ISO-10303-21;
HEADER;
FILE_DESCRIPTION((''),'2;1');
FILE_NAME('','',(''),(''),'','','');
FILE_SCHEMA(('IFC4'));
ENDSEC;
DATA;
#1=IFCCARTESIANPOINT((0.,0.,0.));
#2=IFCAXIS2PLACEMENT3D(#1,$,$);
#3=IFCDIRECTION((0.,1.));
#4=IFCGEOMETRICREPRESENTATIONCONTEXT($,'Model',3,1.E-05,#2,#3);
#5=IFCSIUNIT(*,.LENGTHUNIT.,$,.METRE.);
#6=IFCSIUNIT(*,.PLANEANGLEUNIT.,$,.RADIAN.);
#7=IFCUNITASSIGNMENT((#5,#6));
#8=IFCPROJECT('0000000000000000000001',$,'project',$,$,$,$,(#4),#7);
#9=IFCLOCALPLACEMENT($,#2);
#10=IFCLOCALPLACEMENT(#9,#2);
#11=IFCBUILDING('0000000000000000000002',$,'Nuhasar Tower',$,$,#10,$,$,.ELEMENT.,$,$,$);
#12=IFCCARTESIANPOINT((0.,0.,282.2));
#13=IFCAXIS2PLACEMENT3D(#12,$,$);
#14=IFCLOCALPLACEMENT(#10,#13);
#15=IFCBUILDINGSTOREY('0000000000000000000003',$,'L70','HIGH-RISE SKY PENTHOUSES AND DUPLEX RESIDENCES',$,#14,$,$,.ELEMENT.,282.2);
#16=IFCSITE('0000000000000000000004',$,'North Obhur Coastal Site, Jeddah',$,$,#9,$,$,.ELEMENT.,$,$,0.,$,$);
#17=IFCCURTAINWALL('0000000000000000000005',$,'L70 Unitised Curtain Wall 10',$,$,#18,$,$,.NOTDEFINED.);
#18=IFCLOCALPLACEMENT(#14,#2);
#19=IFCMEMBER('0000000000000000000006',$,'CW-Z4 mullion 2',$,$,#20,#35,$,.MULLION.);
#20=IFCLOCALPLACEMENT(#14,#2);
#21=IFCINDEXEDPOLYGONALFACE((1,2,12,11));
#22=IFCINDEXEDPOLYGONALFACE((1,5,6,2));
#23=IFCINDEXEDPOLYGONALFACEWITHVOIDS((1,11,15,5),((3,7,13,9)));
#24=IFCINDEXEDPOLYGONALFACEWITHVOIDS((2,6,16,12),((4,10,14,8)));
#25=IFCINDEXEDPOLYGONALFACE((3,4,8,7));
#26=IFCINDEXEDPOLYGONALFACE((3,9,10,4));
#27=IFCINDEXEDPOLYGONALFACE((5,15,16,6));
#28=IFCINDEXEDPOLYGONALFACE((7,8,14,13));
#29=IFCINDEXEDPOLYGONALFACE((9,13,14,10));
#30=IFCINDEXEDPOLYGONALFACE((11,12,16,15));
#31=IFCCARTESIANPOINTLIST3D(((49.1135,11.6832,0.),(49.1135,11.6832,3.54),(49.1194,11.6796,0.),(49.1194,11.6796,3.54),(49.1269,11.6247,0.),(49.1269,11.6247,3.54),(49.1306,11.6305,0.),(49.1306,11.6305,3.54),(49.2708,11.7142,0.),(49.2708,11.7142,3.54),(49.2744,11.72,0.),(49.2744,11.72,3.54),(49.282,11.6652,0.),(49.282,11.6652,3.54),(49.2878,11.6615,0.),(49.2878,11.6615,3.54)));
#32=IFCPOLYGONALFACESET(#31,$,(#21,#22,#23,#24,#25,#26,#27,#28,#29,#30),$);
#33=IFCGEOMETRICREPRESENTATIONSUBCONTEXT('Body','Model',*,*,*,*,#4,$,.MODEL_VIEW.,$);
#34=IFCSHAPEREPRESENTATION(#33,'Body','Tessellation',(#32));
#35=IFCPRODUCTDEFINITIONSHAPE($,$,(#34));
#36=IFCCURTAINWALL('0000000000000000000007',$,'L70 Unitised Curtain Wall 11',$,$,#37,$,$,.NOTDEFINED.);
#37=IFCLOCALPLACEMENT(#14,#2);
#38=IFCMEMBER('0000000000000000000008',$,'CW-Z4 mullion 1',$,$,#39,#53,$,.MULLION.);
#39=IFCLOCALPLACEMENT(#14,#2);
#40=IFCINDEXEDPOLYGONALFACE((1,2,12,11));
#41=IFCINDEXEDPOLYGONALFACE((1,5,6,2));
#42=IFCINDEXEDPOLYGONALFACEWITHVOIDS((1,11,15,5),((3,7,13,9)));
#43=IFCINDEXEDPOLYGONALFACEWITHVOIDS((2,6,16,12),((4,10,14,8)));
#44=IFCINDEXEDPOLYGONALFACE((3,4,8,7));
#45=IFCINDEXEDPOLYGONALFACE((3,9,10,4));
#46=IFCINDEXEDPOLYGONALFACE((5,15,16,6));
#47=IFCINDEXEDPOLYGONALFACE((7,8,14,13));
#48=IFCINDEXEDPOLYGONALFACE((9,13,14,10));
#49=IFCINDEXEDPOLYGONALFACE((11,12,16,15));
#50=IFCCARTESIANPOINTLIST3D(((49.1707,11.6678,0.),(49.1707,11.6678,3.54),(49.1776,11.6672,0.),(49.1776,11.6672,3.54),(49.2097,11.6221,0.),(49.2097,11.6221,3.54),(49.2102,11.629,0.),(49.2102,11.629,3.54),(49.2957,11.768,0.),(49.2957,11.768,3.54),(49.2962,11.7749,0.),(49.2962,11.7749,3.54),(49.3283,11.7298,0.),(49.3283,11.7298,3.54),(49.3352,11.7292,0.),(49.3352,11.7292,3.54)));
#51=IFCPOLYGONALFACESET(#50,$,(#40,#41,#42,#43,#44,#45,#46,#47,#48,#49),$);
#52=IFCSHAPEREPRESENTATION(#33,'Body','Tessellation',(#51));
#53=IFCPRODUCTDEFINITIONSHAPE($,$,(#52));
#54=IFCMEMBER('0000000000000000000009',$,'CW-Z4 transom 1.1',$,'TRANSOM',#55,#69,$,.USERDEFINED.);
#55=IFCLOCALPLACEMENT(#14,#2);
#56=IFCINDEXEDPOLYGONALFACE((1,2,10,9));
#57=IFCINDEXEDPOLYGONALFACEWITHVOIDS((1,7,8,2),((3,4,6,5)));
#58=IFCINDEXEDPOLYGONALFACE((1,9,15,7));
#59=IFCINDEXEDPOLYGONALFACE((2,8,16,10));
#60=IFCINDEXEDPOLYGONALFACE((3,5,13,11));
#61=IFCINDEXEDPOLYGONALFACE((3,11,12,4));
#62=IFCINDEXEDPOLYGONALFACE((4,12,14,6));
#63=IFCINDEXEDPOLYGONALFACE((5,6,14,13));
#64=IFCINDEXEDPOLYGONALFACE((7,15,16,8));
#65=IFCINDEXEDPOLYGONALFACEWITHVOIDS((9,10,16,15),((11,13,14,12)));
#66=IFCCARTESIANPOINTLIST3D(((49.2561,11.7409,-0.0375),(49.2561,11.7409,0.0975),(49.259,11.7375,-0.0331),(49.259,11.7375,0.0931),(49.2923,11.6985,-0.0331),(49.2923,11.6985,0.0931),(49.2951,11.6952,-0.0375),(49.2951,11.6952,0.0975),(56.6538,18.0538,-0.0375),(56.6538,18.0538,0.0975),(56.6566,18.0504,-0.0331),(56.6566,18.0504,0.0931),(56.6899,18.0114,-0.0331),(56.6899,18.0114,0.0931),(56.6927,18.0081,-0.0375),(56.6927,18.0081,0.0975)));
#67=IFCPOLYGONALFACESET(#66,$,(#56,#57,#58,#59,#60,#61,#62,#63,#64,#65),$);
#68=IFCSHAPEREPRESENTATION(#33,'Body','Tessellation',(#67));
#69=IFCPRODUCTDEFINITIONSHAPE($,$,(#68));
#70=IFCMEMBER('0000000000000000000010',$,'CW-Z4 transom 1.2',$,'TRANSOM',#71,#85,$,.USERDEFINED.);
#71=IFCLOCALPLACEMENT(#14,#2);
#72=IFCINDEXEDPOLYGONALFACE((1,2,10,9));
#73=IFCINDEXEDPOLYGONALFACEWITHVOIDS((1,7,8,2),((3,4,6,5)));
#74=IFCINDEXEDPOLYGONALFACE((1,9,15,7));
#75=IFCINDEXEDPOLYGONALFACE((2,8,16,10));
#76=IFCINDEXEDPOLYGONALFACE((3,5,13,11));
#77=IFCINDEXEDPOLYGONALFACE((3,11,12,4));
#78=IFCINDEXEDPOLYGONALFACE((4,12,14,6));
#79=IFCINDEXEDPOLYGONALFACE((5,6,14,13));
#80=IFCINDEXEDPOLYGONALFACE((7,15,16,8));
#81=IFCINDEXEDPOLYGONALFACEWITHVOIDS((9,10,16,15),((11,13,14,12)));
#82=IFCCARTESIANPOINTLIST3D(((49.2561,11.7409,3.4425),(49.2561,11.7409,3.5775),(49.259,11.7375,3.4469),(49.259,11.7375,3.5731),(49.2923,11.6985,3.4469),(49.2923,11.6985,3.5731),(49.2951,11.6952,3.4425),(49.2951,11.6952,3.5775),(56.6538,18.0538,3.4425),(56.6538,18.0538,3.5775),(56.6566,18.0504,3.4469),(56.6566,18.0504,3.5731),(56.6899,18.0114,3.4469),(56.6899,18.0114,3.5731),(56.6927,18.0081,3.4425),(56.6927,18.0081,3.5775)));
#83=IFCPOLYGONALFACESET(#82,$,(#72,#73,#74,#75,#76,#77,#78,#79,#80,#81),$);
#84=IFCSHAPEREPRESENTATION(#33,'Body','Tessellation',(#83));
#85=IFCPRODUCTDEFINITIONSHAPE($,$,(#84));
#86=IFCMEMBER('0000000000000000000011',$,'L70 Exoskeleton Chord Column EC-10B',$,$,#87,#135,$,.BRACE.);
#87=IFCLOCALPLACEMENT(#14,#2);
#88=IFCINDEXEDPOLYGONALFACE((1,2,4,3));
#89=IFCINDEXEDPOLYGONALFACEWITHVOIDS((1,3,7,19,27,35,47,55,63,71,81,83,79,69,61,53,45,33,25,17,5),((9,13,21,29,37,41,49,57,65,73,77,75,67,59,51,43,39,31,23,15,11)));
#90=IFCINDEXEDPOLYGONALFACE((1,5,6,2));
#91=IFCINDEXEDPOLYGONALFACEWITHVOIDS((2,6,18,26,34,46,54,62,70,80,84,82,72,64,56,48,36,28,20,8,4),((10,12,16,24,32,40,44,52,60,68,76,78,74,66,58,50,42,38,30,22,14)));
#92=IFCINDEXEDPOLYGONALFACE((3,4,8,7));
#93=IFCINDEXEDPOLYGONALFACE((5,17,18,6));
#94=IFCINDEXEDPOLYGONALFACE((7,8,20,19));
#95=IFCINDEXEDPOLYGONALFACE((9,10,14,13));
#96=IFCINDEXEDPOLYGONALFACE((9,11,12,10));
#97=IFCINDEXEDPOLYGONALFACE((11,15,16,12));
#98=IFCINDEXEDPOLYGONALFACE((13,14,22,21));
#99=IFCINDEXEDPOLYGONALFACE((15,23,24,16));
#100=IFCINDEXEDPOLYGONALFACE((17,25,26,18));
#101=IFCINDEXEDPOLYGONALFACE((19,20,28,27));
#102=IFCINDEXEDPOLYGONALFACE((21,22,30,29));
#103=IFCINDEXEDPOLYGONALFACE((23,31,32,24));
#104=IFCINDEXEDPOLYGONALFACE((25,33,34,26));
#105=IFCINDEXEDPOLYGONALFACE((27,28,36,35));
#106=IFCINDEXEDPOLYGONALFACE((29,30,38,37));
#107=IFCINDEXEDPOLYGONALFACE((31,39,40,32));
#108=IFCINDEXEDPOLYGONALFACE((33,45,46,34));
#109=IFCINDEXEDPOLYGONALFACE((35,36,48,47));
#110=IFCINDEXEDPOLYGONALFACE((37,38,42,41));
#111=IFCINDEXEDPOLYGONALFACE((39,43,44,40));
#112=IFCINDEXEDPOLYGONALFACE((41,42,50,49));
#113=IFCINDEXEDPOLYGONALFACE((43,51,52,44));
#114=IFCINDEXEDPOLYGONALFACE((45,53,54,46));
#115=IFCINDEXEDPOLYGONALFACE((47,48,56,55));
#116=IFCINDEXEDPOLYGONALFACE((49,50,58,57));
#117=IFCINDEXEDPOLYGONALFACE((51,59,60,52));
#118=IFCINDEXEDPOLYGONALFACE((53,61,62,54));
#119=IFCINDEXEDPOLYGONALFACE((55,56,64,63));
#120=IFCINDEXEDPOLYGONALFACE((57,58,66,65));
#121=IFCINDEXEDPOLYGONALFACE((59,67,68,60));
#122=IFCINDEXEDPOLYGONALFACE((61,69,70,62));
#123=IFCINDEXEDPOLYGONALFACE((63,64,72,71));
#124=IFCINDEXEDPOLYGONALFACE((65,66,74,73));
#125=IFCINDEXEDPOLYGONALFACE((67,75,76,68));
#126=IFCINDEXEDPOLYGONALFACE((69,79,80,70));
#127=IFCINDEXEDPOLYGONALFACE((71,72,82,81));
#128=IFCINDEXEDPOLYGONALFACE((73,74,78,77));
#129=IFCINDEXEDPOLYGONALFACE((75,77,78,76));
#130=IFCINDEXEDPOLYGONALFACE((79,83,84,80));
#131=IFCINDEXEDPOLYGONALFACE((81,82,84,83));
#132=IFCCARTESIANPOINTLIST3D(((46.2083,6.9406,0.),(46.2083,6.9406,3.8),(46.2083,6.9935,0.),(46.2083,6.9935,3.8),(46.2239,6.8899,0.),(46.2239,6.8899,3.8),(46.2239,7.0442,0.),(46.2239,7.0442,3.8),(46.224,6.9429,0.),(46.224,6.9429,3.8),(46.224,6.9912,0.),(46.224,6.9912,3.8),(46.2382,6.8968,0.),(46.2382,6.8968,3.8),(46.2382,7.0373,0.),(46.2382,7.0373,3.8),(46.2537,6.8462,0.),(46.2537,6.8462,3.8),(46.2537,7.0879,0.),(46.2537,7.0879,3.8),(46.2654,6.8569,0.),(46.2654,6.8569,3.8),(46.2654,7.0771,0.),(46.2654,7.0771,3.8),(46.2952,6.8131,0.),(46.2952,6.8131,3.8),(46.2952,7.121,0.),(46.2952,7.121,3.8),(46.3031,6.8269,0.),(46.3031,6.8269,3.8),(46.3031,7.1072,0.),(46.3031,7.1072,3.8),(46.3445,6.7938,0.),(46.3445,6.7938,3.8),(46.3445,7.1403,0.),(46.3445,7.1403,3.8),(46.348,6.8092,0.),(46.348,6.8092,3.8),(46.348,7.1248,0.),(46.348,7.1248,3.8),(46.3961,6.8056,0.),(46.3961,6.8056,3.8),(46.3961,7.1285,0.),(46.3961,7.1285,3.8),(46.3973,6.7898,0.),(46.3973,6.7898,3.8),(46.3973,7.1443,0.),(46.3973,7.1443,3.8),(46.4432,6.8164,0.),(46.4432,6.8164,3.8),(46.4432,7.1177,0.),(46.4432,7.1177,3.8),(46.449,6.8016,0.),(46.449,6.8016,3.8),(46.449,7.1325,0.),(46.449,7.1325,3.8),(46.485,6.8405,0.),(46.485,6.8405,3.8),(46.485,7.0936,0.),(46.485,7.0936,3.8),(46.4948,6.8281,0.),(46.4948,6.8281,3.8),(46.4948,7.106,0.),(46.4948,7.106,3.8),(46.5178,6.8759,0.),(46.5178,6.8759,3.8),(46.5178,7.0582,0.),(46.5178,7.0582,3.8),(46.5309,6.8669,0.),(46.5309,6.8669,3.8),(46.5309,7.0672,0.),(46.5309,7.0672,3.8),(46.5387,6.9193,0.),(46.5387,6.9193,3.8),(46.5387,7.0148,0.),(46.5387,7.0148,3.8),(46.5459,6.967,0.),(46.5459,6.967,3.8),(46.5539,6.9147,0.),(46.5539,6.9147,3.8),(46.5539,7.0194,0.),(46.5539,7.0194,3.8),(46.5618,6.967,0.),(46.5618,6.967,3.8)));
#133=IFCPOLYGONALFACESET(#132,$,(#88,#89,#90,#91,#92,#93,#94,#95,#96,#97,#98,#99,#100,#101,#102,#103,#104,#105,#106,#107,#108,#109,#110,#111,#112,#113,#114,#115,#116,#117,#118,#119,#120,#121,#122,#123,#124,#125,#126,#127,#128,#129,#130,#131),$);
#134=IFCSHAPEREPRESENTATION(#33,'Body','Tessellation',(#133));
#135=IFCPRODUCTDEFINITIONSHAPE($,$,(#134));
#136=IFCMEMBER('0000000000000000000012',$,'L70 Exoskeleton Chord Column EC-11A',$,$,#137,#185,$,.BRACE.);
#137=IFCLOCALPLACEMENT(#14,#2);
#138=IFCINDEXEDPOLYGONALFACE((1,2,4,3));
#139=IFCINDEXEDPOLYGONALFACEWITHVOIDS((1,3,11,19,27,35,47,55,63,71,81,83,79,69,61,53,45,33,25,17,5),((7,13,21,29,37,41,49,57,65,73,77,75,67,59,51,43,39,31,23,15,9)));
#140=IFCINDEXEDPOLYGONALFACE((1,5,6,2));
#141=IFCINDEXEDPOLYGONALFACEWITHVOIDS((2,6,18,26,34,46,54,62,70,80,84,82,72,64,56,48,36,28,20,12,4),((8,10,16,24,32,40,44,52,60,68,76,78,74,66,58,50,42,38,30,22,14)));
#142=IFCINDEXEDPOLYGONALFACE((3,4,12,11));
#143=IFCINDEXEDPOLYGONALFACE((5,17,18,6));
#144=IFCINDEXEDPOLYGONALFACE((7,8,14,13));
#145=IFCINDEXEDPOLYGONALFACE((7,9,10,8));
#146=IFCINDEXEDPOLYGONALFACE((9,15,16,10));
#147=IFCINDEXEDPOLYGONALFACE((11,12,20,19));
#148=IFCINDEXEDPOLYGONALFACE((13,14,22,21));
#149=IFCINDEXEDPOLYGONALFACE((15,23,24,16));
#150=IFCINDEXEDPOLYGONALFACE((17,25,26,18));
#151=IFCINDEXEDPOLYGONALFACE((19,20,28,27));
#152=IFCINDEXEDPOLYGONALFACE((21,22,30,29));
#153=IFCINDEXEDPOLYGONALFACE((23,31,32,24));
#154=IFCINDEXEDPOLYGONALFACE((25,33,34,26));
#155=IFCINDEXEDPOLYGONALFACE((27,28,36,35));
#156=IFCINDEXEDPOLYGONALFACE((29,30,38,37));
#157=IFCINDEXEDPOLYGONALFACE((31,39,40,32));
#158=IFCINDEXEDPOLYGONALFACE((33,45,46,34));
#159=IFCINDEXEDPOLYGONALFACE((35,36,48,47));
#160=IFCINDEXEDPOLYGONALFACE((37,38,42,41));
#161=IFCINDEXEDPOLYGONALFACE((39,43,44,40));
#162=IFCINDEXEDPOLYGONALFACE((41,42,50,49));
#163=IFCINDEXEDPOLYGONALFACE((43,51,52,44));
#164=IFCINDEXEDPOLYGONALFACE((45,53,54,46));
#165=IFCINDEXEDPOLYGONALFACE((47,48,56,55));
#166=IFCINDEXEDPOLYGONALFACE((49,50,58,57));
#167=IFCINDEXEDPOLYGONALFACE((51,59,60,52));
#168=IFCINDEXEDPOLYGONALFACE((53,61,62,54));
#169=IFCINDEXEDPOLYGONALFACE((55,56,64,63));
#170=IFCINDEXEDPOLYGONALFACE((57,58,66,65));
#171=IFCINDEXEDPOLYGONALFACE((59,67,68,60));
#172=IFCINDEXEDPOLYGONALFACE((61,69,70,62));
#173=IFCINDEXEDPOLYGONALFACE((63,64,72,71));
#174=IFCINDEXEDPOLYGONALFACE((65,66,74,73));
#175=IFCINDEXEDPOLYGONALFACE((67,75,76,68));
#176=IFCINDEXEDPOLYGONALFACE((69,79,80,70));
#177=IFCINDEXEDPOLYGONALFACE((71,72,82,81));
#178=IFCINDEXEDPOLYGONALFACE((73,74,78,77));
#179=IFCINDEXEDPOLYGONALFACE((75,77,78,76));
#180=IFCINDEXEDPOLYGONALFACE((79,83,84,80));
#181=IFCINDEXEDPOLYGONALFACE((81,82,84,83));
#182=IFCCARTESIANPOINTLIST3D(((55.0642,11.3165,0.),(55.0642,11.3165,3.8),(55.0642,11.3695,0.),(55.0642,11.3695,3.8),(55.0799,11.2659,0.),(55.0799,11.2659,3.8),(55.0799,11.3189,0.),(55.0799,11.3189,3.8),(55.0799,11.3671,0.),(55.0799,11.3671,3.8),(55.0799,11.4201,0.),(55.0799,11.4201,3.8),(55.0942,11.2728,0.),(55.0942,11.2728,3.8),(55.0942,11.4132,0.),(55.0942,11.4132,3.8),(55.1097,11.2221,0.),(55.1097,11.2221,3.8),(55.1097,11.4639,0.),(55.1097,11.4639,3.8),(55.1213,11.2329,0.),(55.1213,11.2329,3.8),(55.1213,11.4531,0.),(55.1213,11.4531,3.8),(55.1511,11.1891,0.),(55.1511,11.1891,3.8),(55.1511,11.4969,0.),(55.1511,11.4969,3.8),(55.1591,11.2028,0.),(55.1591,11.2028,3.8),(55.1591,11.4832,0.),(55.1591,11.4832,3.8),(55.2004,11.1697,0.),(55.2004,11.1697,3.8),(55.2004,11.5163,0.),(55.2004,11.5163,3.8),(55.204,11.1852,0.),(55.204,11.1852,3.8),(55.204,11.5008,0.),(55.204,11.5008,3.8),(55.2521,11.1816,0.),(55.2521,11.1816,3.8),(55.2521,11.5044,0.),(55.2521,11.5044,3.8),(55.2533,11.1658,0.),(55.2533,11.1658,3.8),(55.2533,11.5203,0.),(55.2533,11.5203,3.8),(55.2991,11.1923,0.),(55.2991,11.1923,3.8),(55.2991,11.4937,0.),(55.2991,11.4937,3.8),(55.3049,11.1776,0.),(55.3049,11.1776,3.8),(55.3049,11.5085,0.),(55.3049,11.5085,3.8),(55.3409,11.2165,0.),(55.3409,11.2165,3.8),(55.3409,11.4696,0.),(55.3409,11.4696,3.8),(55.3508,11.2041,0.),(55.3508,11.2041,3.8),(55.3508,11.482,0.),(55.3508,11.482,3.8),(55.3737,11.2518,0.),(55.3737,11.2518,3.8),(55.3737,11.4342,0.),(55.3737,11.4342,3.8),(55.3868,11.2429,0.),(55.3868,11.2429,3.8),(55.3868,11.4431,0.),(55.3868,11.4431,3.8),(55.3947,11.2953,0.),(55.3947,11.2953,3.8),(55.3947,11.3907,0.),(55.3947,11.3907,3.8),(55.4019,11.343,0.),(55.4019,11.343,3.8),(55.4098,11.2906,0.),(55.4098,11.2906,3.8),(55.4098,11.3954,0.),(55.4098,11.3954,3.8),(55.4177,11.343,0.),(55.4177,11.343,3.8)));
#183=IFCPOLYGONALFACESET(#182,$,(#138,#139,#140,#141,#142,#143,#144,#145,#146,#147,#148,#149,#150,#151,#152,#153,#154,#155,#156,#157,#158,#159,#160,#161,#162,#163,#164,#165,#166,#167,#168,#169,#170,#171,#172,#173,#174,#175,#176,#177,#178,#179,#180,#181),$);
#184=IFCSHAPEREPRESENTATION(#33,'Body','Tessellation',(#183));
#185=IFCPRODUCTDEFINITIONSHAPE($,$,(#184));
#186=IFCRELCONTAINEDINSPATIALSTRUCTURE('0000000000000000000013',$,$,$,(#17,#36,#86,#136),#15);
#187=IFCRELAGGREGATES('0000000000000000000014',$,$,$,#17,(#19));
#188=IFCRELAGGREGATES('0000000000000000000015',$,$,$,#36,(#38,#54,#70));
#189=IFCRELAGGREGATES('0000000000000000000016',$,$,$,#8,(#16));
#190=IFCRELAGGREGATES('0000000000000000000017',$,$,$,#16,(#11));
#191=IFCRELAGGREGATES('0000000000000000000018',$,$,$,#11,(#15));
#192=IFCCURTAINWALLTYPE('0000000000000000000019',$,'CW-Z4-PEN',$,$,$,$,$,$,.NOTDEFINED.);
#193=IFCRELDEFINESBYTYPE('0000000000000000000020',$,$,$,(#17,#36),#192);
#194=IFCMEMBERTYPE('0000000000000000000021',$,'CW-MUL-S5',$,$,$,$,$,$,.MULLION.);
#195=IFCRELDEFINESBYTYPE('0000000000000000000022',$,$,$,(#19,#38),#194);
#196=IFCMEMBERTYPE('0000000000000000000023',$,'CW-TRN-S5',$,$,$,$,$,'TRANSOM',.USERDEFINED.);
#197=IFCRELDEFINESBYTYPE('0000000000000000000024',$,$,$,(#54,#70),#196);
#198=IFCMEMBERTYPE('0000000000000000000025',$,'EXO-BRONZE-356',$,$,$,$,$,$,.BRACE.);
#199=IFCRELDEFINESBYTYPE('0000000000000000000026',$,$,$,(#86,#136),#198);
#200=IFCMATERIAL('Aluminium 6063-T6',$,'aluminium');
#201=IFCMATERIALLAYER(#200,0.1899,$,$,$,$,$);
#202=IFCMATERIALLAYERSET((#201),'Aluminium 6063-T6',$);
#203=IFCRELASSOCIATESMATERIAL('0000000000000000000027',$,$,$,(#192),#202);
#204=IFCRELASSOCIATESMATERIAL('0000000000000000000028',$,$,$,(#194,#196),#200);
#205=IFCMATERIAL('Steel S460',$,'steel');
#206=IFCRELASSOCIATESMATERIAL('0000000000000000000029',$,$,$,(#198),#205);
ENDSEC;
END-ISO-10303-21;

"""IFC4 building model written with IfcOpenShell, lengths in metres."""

from ifc_helpers import new_model, si_unit, direction, frame, origin, origin_2d, place, context, subcontext, project, spatial, hollow_rectangle, hollow_circle, extrude, material, layer, layer_set, material_profile, profile_set, type_object, element, aggregate, save


model = new_model("IFC4")

# Units and contexts
model_context = context("Model", 3, precision=1e-05, world=origin(), true_north=direction((0.0, 1.0)))
body_context = subcontext(model_context, "Body", "Model", "MODEL_VIEW")
ifc_project = project(units=[si_unit("LENGTHUNIT", "METRE"), si_unit("PLANEANGLEUNIT", "RADIAN")], contexts=[model_context])

# Site, building, storey
site_placement = place(None, origin())
site = spatial("IfcSite", under=ifc_project, at=site_placement, Name="North Obhur Coastal Site, Jeddah", CompositionType="ELEMENT", RefElevation=0.0)
building_placement = place(site_placement, origin())
building = spatial("IfcBuilding", under=site, at=building_placement, Name="Nuhasar Tower", CompositionType="ELEMENT")
storey_placement = place(building_placement, frame((0.0, 0.0, 282.2)))
storey = spatial("IfcBuildingStorey", under=building, at=storey_placement, Name="L70", Description="HIGH-RISE SKY PENTHOUSES AND DUPLEX RESIDENCES", CompositionType="ELEMENT", Elevation=282.2)

# Curtain wall, member
ifc_material_1 = material(Name="Aluminium 6063-T6", Category="aluminium")
ifc_layer_1 = layer(ifc_material_1, 0.1899)
ifc_layer_set_1 = layer_set([ifc_layer_1], Name="Aluminium 6063-T6")
curtain_wall_type = type_object("IfcCurtainWallType", Name="CW-Z4-PEN", PredefinedType="NOTDEFINED", material=ifc_layer_set_1)
curtain_wall_1_placement = place(storey_placement, origin())
curtain_wall_1 = element("IfcCurtainWall", 1, at=curtain_wall_1_placement, inside=storey, type_object=curtain_wall_type, Name="L70 Unitised Curtain Wall 10", PredefinedType="NOTDEFINED")
ifc_material_profile_1 = material_profile(ifc_material_1, hollow_rectangle(XDim=0.0601, YDim=0.165, WallThickness=0.0049, at=origin_2d()), Name="CWM-5")
ifc_profile_set_1 = profile_set([ifc_material_profile_1], Name="Aluminium 6063-T6")
member_type_1 = type_object("IfcMemberType", Name="CW-MUL-S5", PredefinedType="MULLION", material=ifc_profile_set_1)
member_1_placement = place(storey_placement, frame((49.2007, 11.6724, 0.0), z_axis=(0.0, 0.0, 1.0), x_axis=(-0.222889, 0.974844, 0.0)))
member_1 = element("IfcMember", 2, at=member_1_placement, type_object=member_type_1, Name="CW-Z4 mullion 2", PredefinedType="MULLION", context=body_context, shape_type="SweptSolid", body=[
    extrude(hollow_rectangle(XDim=0.0601, YDim=0.165, WallThickness=0.0049, at=origin_2d()), origin(), (0.0, 0.0, 1.0), 3.54),
])
aggregate(curtain_wall_1, [member_1])

# Curtain wall, members
curtain_wall_2_placement = place(storey_placement, origin())
curtain_wall_2 = element("IfcCurtainWall", 3, at=curtain_wall_2_placement, inside=storey, type_object=curtain_wall_type, Name="L70 Unitised Curtain Wall 11", PredefinedType="NOTDEFINED")
member_2_placement = place(storey_placement, frame((49.2529, 11.6985, 0.0), z_axis=(0.0, 0.0, 1.0), x_axis=(-0.649142, 0.760667, 0.0)))
member_2 = element("IfcMember", 4, at=member_2_placement, type_object=member_type_1, Name="CW-Z4 mullion 1", PredefinedType="MULLION", context=body_context, shape_type="SweptSolid", body=[
    extrude(hollow_rectangle(XDim=0.0601, YDim=0.165, WallThickness=0.0049, at=origin_2d()), origin(), (0.0, 0.0, 1.0), 3.54),
])
ifc_material_profile_2 = material_profile(ifc_material_1, hollow_rectangle(XDim=0.0601, YDim=0.135, WallThickness=0.0044, at=origin_2d()), Name="CWT-5")
ifc_profile_set_2 = profile_set([ifc_material_profile_2], Name="Aluminium 6063-T6")
member_type_2 = type_object("IfcMemberType", Name="CW-TRN-S5", ElementType="TRANSOM", PredefinedType="USERDEFINED", material=ifc_profile_set_2)
member_3_placement = place(storey_placement, frame((49.2756, 11.718, 0.03), z_axis=(0.760672, 0.649136, 0.0), x_axis=(-0.649136, 0.760672, 0.0)))
member_3 = element("IfcMember", 5, at=member_3_placement, type_object=member_type_2, Name="CW-Z4 transom 1.1", ObjectType="TRANSOM", PredefinedType="USERDEFINED", context=body_context, shape_type="SweptSolid", body=[
    extrude(hollow_rectangle(XDim=0.0601, YDim=0.135, WallThickness=0.0044, at=origin_2d()), origin(), (0.0, 0.0, 1.0), 9.7251),
])
member_4_placement = place(storey_placement, frame((49.2756, 11.718, 3.51), z_axis=(0.760672, 0.649136, 0.0), x_axis=(-0.649136, 0.760672, 0.0)))
member_4 = element("IfcMember", 6, at=member_4_placement, type_object=member_type_2, Name="CW-Z4 transom 1.2", ObjectType="TRANSOM", PredefinedType="USERDEFINED", context=body_context, shape_type="SweptSolid", body=[
    extrude(hollow_rectangle(XDim=0.0601, YDim=0.135, WallThickness=0.0044, at=origin_2d()), origin(), (0.0, 0.0, 1.0), 9.7251),
])

# Members
ifc_material_2 = material(Name="Steel S460", Category="steel")
ifc_material_profile_3 = material_profile(ifc_material_2, hollow_circle(Radius=0.1777, WallThickness=0.0159, at=origin_2d()), Name="HSS355.6X15.9")
ifc_profile_set_3 = profile_set([ifc_material_profile_3], Name="Steel S460")
member_type_3 = type_object("IfcMemberType", Name="EXO-BRONZE-356", PredefinedType="BRACE", material=ifc_profile_set_3)
for number, where, z_axis, x_axis, name in (
    (7, (46.384, 6.967, 0.0), (0.0, 0.0, 1.0), (1.0, 0.0, 0.0), "L70 Exoskeleton Chord Column EC-10B"),
    (8, (55.24, 11.343, 0.0), (0.0, 0.0, 1.0), (1.0, 0.0, 0.0), "L70 Exoskeleton Chord Column EC-11A"),
):
    element("IfcMember", number, at=place(storey_placement, frame(where, z_axis=z_axis, x_axis=x_axis)), inside=storey, type_object=member_type_3, Name=name, PredefinedType="BRACE", context=body_context, shape_type="SweptSolid", body=[
        extrude(hollow_circle(Radius=0.1777, WallThickness=0.0159, at=origin_2d()), origin(), (0.0, 0.0, 1.0), 3.8),
    ])

aggregate(curtain_wall_2, [member_2, member_3, member_4])

save(model, "model.ifc")
